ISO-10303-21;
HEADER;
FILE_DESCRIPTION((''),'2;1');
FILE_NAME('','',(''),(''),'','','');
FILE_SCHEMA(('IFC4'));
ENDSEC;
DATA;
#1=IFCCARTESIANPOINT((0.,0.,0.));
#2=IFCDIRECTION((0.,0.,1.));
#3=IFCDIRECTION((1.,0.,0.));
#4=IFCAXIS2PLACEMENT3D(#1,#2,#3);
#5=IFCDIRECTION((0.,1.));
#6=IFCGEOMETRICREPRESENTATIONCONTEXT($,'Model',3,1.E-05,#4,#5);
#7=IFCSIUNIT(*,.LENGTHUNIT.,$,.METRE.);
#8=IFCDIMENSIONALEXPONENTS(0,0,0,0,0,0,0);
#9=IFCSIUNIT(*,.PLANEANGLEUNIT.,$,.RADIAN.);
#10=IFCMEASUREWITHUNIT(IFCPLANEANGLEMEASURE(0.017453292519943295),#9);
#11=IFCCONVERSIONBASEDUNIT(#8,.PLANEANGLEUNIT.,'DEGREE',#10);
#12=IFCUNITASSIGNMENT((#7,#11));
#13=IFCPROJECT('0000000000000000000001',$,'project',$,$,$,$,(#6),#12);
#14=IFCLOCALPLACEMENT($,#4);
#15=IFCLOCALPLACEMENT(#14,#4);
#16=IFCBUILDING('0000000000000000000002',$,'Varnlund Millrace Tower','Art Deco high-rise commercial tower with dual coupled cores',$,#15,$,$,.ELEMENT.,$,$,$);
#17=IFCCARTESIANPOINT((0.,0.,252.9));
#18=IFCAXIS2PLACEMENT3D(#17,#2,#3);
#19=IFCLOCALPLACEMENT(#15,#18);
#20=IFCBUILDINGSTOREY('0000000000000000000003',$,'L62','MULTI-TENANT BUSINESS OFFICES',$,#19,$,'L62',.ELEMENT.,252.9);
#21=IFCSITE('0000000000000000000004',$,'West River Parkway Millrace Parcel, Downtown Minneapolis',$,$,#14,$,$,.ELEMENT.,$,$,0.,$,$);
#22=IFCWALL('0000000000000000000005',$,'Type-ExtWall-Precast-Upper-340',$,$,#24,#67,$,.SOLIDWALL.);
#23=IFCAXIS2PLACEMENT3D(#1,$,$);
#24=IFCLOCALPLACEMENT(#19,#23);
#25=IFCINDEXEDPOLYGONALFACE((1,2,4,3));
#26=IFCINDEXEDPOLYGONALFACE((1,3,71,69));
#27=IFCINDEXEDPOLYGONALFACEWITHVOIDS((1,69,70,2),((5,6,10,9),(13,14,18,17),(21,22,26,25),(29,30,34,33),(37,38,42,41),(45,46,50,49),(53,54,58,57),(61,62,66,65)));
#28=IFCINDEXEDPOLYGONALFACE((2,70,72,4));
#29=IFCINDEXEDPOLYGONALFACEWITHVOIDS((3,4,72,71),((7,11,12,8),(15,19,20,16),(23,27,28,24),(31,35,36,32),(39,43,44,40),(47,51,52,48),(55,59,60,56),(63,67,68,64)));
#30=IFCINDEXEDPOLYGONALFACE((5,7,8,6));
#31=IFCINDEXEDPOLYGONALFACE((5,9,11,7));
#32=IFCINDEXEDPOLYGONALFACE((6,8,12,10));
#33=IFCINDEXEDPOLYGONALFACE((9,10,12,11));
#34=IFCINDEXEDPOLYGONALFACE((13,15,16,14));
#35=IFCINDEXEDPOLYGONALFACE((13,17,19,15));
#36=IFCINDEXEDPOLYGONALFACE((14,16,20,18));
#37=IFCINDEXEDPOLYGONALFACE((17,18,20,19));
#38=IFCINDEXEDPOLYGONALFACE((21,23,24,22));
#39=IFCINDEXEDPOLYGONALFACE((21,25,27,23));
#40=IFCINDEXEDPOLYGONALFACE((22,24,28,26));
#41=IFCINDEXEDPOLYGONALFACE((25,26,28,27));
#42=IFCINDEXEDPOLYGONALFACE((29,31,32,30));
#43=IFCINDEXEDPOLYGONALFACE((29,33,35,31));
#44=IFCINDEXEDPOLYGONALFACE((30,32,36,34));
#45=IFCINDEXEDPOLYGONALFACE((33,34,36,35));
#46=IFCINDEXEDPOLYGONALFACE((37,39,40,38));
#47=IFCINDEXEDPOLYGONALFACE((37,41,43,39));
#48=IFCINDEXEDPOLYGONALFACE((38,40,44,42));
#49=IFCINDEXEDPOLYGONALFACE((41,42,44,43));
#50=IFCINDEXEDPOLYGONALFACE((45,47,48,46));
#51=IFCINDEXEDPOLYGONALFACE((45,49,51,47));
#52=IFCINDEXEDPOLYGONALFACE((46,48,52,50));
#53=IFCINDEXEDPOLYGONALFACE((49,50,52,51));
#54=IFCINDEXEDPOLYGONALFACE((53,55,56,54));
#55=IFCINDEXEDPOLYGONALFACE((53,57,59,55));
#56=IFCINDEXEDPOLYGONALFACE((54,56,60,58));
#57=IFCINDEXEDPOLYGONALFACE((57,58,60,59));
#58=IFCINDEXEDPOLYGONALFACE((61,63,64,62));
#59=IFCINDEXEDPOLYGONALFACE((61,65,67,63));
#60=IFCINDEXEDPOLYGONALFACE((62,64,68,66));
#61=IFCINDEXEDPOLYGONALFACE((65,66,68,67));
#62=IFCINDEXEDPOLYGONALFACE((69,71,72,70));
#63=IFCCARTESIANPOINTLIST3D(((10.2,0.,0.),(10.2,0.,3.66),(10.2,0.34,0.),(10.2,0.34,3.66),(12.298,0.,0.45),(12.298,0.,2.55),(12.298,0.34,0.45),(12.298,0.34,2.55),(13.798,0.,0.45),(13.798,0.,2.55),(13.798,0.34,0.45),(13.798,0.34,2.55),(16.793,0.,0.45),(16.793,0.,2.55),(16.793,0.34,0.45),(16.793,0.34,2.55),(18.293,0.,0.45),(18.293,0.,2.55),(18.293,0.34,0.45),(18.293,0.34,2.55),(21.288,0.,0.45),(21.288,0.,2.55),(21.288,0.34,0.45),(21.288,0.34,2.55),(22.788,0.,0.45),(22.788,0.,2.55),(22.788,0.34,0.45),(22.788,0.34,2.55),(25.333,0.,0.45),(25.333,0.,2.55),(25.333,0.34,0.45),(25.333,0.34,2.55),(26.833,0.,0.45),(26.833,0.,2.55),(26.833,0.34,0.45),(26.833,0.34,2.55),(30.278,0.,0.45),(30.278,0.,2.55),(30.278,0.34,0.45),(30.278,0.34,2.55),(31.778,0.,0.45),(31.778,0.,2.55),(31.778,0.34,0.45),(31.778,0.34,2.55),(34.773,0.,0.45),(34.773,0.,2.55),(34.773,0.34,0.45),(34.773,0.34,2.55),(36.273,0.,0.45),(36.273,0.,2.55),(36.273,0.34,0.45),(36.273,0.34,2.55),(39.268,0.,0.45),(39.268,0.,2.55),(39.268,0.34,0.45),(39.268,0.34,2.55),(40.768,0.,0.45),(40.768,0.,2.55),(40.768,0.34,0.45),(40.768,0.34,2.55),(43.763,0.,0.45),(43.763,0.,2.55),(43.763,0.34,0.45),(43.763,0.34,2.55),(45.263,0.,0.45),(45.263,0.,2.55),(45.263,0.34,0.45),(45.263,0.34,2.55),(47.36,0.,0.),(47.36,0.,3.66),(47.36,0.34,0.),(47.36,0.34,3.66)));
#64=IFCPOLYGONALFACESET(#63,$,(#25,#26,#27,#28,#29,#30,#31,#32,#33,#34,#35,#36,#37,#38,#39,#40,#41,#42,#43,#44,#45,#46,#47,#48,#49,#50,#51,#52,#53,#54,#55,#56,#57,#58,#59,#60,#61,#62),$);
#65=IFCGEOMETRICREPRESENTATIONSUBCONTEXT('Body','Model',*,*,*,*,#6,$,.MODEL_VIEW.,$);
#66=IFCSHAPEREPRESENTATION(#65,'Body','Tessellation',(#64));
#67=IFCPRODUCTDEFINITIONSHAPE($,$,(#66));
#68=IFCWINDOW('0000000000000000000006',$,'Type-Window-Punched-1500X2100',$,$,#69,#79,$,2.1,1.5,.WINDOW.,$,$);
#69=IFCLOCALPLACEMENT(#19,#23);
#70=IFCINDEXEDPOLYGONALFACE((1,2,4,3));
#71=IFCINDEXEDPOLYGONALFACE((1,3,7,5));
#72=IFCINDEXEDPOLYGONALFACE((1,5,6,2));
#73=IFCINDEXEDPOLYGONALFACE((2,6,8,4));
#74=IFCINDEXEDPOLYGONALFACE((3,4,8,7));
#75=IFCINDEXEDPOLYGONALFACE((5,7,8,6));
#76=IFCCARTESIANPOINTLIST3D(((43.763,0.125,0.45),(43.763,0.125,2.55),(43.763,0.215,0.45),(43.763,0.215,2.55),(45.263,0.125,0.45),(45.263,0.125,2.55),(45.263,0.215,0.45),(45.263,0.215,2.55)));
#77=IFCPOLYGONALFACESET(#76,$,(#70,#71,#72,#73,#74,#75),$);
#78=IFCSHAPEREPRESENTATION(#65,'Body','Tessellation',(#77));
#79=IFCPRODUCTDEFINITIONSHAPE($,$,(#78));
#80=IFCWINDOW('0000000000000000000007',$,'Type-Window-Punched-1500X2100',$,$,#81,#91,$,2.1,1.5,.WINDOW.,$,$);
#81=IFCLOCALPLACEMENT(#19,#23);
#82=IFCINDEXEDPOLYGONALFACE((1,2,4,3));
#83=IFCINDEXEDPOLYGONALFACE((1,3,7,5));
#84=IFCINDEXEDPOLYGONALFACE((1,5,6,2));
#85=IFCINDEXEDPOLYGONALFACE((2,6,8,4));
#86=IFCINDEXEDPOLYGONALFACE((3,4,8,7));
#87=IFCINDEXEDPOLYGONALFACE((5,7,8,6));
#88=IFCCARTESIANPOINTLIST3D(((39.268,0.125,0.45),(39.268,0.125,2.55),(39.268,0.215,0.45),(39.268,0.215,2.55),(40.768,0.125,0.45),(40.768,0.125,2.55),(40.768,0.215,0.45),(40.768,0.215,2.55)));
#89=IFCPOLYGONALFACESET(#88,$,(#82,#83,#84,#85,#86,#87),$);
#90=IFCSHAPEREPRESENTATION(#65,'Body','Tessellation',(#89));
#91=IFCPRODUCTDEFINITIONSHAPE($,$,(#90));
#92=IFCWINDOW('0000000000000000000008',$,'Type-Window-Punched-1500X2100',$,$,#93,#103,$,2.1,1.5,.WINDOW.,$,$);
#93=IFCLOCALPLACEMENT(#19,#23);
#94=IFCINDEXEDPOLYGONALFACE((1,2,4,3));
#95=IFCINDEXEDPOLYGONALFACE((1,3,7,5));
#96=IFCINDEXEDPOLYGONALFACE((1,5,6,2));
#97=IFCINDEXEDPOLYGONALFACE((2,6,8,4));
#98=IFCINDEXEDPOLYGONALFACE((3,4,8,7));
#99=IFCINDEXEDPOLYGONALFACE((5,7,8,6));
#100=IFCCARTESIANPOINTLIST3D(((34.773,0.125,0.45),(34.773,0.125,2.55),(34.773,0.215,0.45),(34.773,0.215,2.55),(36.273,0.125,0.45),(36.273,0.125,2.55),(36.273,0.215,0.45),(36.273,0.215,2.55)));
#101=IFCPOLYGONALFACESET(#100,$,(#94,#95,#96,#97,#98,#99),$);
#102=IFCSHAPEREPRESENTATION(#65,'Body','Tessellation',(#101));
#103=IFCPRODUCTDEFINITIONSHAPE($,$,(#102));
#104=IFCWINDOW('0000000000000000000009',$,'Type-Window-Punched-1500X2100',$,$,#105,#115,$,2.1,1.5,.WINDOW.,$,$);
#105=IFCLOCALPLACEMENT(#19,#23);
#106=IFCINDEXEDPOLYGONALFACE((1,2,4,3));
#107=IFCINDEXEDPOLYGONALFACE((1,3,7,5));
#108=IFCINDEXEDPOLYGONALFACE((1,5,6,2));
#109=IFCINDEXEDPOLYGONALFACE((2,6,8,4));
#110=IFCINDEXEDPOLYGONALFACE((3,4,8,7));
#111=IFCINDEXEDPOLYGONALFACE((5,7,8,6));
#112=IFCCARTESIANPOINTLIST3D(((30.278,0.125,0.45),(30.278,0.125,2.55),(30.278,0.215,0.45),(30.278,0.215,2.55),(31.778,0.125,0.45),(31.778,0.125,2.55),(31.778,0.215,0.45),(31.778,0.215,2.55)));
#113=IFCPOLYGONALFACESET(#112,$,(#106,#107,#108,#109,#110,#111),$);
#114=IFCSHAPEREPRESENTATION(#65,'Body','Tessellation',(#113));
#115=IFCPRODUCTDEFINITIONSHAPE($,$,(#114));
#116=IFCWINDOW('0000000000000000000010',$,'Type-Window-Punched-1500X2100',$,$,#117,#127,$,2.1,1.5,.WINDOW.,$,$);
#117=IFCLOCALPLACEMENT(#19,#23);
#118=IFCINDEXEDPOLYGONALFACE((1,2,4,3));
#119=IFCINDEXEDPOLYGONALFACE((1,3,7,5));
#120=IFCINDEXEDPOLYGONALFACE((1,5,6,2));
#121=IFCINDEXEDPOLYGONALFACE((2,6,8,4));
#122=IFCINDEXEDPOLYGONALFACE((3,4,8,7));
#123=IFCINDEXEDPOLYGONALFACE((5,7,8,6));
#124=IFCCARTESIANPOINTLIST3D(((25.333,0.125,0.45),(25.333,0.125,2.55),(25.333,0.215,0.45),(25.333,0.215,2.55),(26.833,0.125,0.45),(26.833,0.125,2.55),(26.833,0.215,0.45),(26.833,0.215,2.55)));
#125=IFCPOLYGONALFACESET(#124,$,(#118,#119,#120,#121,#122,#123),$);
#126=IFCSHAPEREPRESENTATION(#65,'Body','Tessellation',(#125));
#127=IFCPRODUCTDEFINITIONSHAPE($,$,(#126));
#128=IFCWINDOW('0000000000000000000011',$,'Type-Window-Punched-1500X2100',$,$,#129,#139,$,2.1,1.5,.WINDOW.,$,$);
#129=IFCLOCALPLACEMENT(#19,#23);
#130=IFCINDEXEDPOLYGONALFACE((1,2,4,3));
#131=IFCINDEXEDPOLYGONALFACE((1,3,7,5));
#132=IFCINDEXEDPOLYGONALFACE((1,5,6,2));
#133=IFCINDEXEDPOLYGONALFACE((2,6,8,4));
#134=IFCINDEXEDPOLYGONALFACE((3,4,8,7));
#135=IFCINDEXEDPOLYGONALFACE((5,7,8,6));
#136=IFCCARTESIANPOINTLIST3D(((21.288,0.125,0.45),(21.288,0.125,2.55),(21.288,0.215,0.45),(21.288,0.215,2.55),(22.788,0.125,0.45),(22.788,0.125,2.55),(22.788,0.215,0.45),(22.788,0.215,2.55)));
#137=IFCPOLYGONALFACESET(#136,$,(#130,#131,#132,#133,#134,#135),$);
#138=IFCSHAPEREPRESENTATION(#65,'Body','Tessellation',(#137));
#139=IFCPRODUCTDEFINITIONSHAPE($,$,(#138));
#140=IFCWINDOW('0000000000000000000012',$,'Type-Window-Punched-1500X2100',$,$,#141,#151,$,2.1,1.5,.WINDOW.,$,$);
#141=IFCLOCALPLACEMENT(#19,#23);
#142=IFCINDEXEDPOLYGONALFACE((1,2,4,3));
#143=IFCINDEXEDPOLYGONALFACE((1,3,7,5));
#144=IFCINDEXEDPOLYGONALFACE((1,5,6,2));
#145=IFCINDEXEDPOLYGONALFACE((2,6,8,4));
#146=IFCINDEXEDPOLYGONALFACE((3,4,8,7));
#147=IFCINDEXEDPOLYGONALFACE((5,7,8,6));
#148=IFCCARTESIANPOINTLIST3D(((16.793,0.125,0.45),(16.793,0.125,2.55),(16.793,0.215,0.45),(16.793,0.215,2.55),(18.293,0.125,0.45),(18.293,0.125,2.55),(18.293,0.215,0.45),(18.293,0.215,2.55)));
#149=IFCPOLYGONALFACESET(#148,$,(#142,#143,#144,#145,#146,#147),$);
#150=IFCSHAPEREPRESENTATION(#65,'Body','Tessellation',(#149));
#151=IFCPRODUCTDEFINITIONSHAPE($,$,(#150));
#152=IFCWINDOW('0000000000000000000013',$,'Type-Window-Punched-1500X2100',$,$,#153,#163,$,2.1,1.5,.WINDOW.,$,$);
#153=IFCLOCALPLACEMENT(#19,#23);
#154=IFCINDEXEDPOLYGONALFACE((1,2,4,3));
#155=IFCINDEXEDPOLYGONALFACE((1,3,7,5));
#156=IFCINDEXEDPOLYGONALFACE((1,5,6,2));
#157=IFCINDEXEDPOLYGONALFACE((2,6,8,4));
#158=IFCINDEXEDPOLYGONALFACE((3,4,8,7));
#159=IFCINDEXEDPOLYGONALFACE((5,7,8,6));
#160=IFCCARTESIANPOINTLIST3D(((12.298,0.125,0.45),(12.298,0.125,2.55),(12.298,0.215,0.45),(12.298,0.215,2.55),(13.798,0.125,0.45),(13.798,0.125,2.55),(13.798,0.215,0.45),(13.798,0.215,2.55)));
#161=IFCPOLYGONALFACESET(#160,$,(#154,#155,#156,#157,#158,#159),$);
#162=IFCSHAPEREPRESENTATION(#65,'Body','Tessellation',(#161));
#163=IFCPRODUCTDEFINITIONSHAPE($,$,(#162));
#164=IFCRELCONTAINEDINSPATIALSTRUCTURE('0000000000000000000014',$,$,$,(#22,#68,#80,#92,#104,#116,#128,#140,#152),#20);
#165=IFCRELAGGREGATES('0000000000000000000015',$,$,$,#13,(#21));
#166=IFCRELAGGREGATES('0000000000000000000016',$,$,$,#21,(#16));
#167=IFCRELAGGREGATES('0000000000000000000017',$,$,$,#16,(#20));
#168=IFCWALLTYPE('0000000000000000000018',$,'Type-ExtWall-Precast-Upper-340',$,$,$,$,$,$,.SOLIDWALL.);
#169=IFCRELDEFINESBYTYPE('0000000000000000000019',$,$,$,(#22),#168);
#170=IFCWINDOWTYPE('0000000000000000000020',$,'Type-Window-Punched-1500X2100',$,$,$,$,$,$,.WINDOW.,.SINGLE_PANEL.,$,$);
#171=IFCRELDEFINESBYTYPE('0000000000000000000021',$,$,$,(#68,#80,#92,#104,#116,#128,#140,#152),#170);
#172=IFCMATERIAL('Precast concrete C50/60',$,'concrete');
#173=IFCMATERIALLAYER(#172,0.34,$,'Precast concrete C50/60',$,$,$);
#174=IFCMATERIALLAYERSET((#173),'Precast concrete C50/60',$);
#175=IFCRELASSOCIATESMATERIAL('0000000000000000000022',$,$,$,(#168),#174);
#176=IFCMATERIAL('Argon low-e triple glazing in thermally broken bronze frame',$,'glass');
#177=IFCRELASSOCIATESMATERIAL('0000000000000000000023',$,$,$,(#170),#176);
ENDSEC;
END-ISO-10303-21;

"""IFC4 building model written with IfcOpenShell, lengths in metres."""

from ifc_helpers import new_model, entity, si_unit, converted_unit, direction, frame, origin_with_axes, origin_2d_with_axis, place, context, subcontext, project, spatial, polyline, rectangle, outline, extrude, material, layer, layer_set, type_object, element, fill, save


model = new_model("IFC4")

# Units and contexts
model_context = context("Model", 3, precision=1e-05, world=origin_with_axes(), true_north=direction((0.0, 1.0)))
body_context = subcontext(model_context, "Body", "Model", "MODEL_VIEW")
ifc_project = project(units=[si_unit("LENGTHUNIT", "METRE"), converted_unit("PLANEANGLEUNIT", "DEGREE", entity("IfcPlaneAngleMeasure", 0.017453292519943295), si_unit("PLANEANGLEUNIT", "RADIAN"), dimensions=[0, 0, 0, 0, 0, 0, 0])], contexts=[model_context])

# Site, building, storey
site_placement = place(None, origin_with_axes())
site = spatial("IfcSite", under=ifc_project, at=site_placement, Name="West River Parkway Millrace Parcel, Downtown Minneapolis", CompositionType="ELEMENT", RefElevation=0.0)
building_placement = place(site_placement, origin_with_axes())
building = spatial("IfcBuilding", under=site, at=building_placement, Name="Varnlund Millrace Tower", Description="Art Deco high-rise commercial tower with dual coupled cores", CompositionType="ELEMENT")
storey_placement = place(building_placement, frame((0.0, 0.0, 252.9), z_axis=(0.0, 0.0, 1.0), x_axis=(1.0, 0.0, 0.0)))
storey = spatial("IfcBuildingStorey", under=building, at=storey_placement, Name="L62", Description="MULTI-TENANT BUSINESS OFFICES", LongName="L62", CompositionType="ELEMENT", Elevation=252.9)

# Shared definitions
ifc_material_1 = material(Name="Precast concrete C50/60", Category="concrete")
ifc_layer_1 = layer(ifc_material_1, 0.34, Name="Precast concrete C50/60")
ifc_layer_set_1 = layer_set([ifc_layer_1], Name="Precast concrete C50/60")
wall_type_1 = type_object("IfcWallType", Name="Type-ExtWall-Precast-Upper-340", PredefinedType="SOLIDWALL", material=ifc_layer_set_1)

# Wall, openings, windows
wall_1_placement = place(storey_placement, frame((47.36, 0.17, 0.0), z_axis=(0.0, 0.0, 1.0), x_axis=(-1.0, 0.0, 0.0)))
wall_1 = element("IfcWall", 1, at=wall_1_placement, inside=storey, type_object=wall_type_1, Name="Type-ExtWall-Precast-Upper-340", PredefinedType="SOLIDWALL", context=body_context, shape_type="SweptSolid", body=[
    extrude(outline(polyline([(0.0, -0.17), (37.16, -0.17), (37.16, 0.17), (0.0, 0.17), (0.0, -0.17)])), origin_with_axes(), (0.0, 0.0, 1.0), 3.66),
])
opening_1_placement = place(wall_1_placement, frame((2.847, 0.0, 0.45), z_axis=(0.0, 0.0, 1.0), x_axis=(1.0, 0.0, 0.0)))
opening_1 = element("IfcOpeningElement", 2, at=opening_1_placement, cuts=wall_1, PredefinedType="OPENING", context=body_context, shape_type="SweptSolid", body=[
    extrude(rectangle(XDim=1.5, YDim=0.36, at=origin_2d_with_axis()), origin_with_axes(), (0.0, 0.0, 1.0), 2.1),
])
opening_2_placement = place(wall_1_placement, frame((7.342, 0.0, 0.45), z_axis=(0.0, 0.0, 1.0), x_axis=(1.0, 0.0, 0.0)))
opening_2 = element("IfcOpeningElement", 3, at=opening_2_placement, cuts=wall_1, PredefinedType="OPENING", context=body_context, shape_type="SweptSolid", body=[
    extrude(rectangle(XDim=1.5, YDim=0.36, at=origin_2d_with_axis()), origin_with_axes(), (0.0, 0.0, 1.0), 2.1),
])
opening_3_placement = place(wall_1_placement, frame((11.837, 0.0, 0.45), z_axis=(0.0, 0.0, 1.0), x_axis=(1.0, 0.0, 0.0)))
opening_3 = element("IfcOpeningElement", 4, at=opening_3_placement, cuts=wall_1, PredefinedType="OPENING", context=body_context, shape_type="SweptSolid", body=[
    extrude(rectangle(XDim=1.5, YDim=0.36, at=origin_2d_with_axis()), origin_with_axes(), (0.0, 0.0, 1.0), 2.1),
])
opening_4_placement = place(wall_1_placement, frame((16.332, 0.0, 0.45), z_axis=(0.0, 0.0, 1.0), x_axis=(1.0, 0.0, 0.0)))
opening_4 = element("IfcOpeningElement", 5, at=opening_4_placement, cuts=wall_1, PredefinedType="OPENING", context=body_context, shape_type="SweptSolid", body=[
    extrude(rectangle(XDim=1.5, YDim=0.36, at=origin_2d_with_axis()), origin_with_axes(), (0.0, 0.0, 1.0), 2.1),
])
opening_5_placement = place(wall_1_placement, frame((21.277, 0.0, 0.45), z_axis=(0.0, 0.0, 1.0), x_axis=(1.0, 0.0, 0.0)))
opening_5 = element("IfcOpeningElement", 6, at=opening_5_placement, cuts=wall_1, PredefinedType="OPENING", context=body_context, shape_type="SweptSolid", body=[
    extrude(rectangle(XDim=1.5, YDim=0.36, at=origin_2d_with_axis()), origin_with_axes(), (0.0, 0.0, 1.0), 2.1),
])
opening_6_placement = place(wall_1_placement, frame((25.322, 0.0, 0.45), z_axis=(0.0, 0.0, 1.0), x_axis=(1.0, 0.0, 0.0)))
opening_6 = element("IfcOpeningElement", 7, at=opening_6_placement, cuts=wall_1, PredefinedType="OPENING", context=body_context, shape_type="SweptSolid", body=[
    extrude(rectangle(XDim=1.5, YDim=0.36, at=origin_2d_with_axis()), origin_with_axes(), (0.0, 0.0, 1.0), 2.1),
])
opening_7_placement = place(wall_1_placement, frame((29.817, 0.0, 0.45), z_axis=(0.0, 0.0, 1.0), x_axis=(1.0, 0.0, 0.0)))
opening_7 = element("IfcOpeningElement", 8, at=opening_7_placement, cuts=wall_1, PredefinedType="OPENING", context=body_context, shape_type="SweptSolid", body=[
    extrude(rectangle(XDim=1.5, YDim=0.36, at=origin_2d_with_axis()), origin_with_axes(), (0.0, 0.0, 1.0), 2.1),
])
opening_8_placement = place(wall_1_placement, frame((34.312, 0.0, 0.45), z_axis=(0.0, 0.0, 1.0), x_axis=(1.0, 0.0, 0.0)))
opening_8 = element("IfcOpeningElement", 9, at=opening_8_placement, cuts=wall_1, PredefinedType="OPENING", context=body_context, shape_type="SweptSolid", body=[
    extrude(rectangle(XDim=1.5, YDim=0.36, at=origin_2d_with_axis()), origin_with_axes(), (0.0, 0.0, 1.0), 2.1),
])
ifc_material_2 = material(Name="Argon low-e triple glazing in thermally broken bronze frame", Category="glass")
window_type = type_object("IfcWindowType", Name="Type-Window-Punched-1500X2100", PartitioningType="SINGLE_PANEL", PredefinedType="WINDOW", material=ifc_material_2)
window_1_placement = place(wall_1_placement, frame((2.847, 0.0, 0.45), z_axis=(0.0, 0.0, 1.0), x_axis=(1.0, 0.0, 0.0)))
window_1 = element("IfcWindow", 10, at=window_1_placement, inside=storey, type_object=window_type, Name="Type-Window-Punched-1500X2100", OverallHeight=2.1, OverallWidth=1.5, PredefinedType="WINDOW", context=body_context, shape_type="SweptSolid", body=[
    extrude(rectangle(XDim=1.5, YDim=0.09, at=origin_2d_with_axis()), origin_with_axes(), (0.0, 0.0, 1.0), 2.1),
])
fill(opening_1, window_1)
window_2_placement = place(wall_1_placement, frame((7.342, 0.0, 0.45), z_axis=(0.0, 0.0, 1.0), x_axis=(1.0, 0.0, 0.0)))
window_2 = element("IfcWindow", 11, at=window_2_placement, inside=storey, type_object=window_type, Name="Type-Window-Punched-1500X2100", OverallHeight=2.1, OverallWidth=1.5, PredefinedType="WINDOW", context=body_context, shape_type="SweptSolid", body=[
    extrude(rectangle(XDim=1.5, YDim=0.09, at=origin_2d_with_axis()), origin_with_axes(), (0.0, 0.0, 1.0), 2.1),
])
fill(opening_2, window_2)
window_3_placement = place(wall_1_placement, frame((11.837, 0.0, 0.45), z_axis=(0.0, 0.0, 1.0), x_axis=(1.0, 0.0, 0.0)))
window_3 = element("IfcWindow", 12, at=window_3_placement, inside=storey, type_object=window_type, Name="Type-Window-Punched-1500X2100", OverallHeight=2.1, OverallWidth=1.5, PredefinedType="WINDOW", context=body_context, shape_type="SweptSolid", body=[
    extrude(rectangle(XDim=1.5, YDim=0.09, at=origin_2d_with_axis()), origin_with_axes(), (0.0, 0.0, 1.0), 2.1),
])
fill(opening_3, window_3)
window_4_placement = place(wall_1_placement, frame((16.332, 0.0, 0.45), z_axis=(0.0, 0.0, 1.0), x_axis=(1.0, 0.0, 0.0)))
window_4 = element("IfcWindow", 13, at=window_4_placement, inside=storey, type_object=window_type, Name="Type-Window-Punched-1500X2100", OverallHeight=2.1, OverallWidth=1.5, PredefinedType="WINDOW", context=body_context, shape_type="SweptSolid", body=[
    extrude(rectangle(XDim=1.5, YDim=0.09, at=origin_2d_with_axis()), origin_with_axes(), (0.0, 0.0, 1.0), 2.1),
])
fill(opening_4, window_4)
window_5_placement = place(wall_1_placement, frame((21.277, 0.0, 0.45), z_axis=(0.0, 0.0, 1.0), x_axis=(1.0, 0.0, 0.0)))
window_5 = element("IfcWindow", 14, at=window_5_placement, inside=storey, type_object=window_type, Name="Type-Window-Punched-1500X2100", OverallHeight=2.1, OverallWidth=1.5, PredefinedType="WINDOW", context=body_context, shape_type="SweptSolid", body=[
    extrude(rectangle(XDim=1.5, YDim=0.09, at=origin_2d_with_axis()), origin_with_axes(), (0.0, 0.0, 1.0), 2.1),
])
fill(opening_5, window_5)
window_6_placement = place(wall_1_placement, frame((25.322, 0.0, 0.45), z_axis=(0.0, 0.0, 1.0), x_axis=(1.0, 0.0, 0.0)))
window_6 = element("IfcWindow", 15, at=window_6_placement, inside=storey, type_object=window_type, Name="Type-Window-Punched-1500X2100", OverallHeight=2.1, OverallWidth=1.5, PredefinedType="WINDOW", context=body_context, shape_type="SweptSolid", body=[
    extrude(rectangle(XDim=1.5, YDim=0.09, at=origin_2d_with_axis()), origin_with_axes(), (0.0, 0.0, 1.0), 2.1),
])
fill(opening_6, window_6)
window_7_placement = place(wall_1_placement, frame((29.817, 0.0, 0.45), z_axis=(0.0, 0.0, 1.0), x_axis=(1.0, 0.0, 0.0)))
window_7 = element("IfcWindow", 16, at=window_7_placement, inside=storey, type_object=window_type, Name="Type-Window-Punched-1500X2100", OverallHeight=2.1, OverallWidth=1.5, PredefinedType="WINDOW", context=body_context, shape_type="SweptSolid", body=[
    extrude(rectangle(XDim=1.5, YDim=0.09, at=origin_2d_with_axis()), origin_with_axes(), (0.0, 0.0, 1.0), 2.1),
])
fill(opening_7, window_7)
window_8_placement = place(wall_1_placement, frame((34.312, 0.0, 0.45), z_axis=(0.0, 0.0, 1.0), x_axis=(1.0, 0.0, 0.0)))
window_8 = element("IfcWindow", 17, at=window_8_placement, inside=storey, type_object=window_type, Name="Type-Window-Punched-1500X2100", OverallHeight=2.1, OverallWidth=1.5, PredefinedType="WINDOW", context=body_context, shape_type="SweptSolid", body=[
    extrude(rectangle(XDim=1.5, YDim=0.09, at=origin_2d_with_axis()), origin_with_axes(), (0.0, 0.0, 1.0), 2.1),
])
fill(opening_8, window_8)

save(model, "model.ifc")
